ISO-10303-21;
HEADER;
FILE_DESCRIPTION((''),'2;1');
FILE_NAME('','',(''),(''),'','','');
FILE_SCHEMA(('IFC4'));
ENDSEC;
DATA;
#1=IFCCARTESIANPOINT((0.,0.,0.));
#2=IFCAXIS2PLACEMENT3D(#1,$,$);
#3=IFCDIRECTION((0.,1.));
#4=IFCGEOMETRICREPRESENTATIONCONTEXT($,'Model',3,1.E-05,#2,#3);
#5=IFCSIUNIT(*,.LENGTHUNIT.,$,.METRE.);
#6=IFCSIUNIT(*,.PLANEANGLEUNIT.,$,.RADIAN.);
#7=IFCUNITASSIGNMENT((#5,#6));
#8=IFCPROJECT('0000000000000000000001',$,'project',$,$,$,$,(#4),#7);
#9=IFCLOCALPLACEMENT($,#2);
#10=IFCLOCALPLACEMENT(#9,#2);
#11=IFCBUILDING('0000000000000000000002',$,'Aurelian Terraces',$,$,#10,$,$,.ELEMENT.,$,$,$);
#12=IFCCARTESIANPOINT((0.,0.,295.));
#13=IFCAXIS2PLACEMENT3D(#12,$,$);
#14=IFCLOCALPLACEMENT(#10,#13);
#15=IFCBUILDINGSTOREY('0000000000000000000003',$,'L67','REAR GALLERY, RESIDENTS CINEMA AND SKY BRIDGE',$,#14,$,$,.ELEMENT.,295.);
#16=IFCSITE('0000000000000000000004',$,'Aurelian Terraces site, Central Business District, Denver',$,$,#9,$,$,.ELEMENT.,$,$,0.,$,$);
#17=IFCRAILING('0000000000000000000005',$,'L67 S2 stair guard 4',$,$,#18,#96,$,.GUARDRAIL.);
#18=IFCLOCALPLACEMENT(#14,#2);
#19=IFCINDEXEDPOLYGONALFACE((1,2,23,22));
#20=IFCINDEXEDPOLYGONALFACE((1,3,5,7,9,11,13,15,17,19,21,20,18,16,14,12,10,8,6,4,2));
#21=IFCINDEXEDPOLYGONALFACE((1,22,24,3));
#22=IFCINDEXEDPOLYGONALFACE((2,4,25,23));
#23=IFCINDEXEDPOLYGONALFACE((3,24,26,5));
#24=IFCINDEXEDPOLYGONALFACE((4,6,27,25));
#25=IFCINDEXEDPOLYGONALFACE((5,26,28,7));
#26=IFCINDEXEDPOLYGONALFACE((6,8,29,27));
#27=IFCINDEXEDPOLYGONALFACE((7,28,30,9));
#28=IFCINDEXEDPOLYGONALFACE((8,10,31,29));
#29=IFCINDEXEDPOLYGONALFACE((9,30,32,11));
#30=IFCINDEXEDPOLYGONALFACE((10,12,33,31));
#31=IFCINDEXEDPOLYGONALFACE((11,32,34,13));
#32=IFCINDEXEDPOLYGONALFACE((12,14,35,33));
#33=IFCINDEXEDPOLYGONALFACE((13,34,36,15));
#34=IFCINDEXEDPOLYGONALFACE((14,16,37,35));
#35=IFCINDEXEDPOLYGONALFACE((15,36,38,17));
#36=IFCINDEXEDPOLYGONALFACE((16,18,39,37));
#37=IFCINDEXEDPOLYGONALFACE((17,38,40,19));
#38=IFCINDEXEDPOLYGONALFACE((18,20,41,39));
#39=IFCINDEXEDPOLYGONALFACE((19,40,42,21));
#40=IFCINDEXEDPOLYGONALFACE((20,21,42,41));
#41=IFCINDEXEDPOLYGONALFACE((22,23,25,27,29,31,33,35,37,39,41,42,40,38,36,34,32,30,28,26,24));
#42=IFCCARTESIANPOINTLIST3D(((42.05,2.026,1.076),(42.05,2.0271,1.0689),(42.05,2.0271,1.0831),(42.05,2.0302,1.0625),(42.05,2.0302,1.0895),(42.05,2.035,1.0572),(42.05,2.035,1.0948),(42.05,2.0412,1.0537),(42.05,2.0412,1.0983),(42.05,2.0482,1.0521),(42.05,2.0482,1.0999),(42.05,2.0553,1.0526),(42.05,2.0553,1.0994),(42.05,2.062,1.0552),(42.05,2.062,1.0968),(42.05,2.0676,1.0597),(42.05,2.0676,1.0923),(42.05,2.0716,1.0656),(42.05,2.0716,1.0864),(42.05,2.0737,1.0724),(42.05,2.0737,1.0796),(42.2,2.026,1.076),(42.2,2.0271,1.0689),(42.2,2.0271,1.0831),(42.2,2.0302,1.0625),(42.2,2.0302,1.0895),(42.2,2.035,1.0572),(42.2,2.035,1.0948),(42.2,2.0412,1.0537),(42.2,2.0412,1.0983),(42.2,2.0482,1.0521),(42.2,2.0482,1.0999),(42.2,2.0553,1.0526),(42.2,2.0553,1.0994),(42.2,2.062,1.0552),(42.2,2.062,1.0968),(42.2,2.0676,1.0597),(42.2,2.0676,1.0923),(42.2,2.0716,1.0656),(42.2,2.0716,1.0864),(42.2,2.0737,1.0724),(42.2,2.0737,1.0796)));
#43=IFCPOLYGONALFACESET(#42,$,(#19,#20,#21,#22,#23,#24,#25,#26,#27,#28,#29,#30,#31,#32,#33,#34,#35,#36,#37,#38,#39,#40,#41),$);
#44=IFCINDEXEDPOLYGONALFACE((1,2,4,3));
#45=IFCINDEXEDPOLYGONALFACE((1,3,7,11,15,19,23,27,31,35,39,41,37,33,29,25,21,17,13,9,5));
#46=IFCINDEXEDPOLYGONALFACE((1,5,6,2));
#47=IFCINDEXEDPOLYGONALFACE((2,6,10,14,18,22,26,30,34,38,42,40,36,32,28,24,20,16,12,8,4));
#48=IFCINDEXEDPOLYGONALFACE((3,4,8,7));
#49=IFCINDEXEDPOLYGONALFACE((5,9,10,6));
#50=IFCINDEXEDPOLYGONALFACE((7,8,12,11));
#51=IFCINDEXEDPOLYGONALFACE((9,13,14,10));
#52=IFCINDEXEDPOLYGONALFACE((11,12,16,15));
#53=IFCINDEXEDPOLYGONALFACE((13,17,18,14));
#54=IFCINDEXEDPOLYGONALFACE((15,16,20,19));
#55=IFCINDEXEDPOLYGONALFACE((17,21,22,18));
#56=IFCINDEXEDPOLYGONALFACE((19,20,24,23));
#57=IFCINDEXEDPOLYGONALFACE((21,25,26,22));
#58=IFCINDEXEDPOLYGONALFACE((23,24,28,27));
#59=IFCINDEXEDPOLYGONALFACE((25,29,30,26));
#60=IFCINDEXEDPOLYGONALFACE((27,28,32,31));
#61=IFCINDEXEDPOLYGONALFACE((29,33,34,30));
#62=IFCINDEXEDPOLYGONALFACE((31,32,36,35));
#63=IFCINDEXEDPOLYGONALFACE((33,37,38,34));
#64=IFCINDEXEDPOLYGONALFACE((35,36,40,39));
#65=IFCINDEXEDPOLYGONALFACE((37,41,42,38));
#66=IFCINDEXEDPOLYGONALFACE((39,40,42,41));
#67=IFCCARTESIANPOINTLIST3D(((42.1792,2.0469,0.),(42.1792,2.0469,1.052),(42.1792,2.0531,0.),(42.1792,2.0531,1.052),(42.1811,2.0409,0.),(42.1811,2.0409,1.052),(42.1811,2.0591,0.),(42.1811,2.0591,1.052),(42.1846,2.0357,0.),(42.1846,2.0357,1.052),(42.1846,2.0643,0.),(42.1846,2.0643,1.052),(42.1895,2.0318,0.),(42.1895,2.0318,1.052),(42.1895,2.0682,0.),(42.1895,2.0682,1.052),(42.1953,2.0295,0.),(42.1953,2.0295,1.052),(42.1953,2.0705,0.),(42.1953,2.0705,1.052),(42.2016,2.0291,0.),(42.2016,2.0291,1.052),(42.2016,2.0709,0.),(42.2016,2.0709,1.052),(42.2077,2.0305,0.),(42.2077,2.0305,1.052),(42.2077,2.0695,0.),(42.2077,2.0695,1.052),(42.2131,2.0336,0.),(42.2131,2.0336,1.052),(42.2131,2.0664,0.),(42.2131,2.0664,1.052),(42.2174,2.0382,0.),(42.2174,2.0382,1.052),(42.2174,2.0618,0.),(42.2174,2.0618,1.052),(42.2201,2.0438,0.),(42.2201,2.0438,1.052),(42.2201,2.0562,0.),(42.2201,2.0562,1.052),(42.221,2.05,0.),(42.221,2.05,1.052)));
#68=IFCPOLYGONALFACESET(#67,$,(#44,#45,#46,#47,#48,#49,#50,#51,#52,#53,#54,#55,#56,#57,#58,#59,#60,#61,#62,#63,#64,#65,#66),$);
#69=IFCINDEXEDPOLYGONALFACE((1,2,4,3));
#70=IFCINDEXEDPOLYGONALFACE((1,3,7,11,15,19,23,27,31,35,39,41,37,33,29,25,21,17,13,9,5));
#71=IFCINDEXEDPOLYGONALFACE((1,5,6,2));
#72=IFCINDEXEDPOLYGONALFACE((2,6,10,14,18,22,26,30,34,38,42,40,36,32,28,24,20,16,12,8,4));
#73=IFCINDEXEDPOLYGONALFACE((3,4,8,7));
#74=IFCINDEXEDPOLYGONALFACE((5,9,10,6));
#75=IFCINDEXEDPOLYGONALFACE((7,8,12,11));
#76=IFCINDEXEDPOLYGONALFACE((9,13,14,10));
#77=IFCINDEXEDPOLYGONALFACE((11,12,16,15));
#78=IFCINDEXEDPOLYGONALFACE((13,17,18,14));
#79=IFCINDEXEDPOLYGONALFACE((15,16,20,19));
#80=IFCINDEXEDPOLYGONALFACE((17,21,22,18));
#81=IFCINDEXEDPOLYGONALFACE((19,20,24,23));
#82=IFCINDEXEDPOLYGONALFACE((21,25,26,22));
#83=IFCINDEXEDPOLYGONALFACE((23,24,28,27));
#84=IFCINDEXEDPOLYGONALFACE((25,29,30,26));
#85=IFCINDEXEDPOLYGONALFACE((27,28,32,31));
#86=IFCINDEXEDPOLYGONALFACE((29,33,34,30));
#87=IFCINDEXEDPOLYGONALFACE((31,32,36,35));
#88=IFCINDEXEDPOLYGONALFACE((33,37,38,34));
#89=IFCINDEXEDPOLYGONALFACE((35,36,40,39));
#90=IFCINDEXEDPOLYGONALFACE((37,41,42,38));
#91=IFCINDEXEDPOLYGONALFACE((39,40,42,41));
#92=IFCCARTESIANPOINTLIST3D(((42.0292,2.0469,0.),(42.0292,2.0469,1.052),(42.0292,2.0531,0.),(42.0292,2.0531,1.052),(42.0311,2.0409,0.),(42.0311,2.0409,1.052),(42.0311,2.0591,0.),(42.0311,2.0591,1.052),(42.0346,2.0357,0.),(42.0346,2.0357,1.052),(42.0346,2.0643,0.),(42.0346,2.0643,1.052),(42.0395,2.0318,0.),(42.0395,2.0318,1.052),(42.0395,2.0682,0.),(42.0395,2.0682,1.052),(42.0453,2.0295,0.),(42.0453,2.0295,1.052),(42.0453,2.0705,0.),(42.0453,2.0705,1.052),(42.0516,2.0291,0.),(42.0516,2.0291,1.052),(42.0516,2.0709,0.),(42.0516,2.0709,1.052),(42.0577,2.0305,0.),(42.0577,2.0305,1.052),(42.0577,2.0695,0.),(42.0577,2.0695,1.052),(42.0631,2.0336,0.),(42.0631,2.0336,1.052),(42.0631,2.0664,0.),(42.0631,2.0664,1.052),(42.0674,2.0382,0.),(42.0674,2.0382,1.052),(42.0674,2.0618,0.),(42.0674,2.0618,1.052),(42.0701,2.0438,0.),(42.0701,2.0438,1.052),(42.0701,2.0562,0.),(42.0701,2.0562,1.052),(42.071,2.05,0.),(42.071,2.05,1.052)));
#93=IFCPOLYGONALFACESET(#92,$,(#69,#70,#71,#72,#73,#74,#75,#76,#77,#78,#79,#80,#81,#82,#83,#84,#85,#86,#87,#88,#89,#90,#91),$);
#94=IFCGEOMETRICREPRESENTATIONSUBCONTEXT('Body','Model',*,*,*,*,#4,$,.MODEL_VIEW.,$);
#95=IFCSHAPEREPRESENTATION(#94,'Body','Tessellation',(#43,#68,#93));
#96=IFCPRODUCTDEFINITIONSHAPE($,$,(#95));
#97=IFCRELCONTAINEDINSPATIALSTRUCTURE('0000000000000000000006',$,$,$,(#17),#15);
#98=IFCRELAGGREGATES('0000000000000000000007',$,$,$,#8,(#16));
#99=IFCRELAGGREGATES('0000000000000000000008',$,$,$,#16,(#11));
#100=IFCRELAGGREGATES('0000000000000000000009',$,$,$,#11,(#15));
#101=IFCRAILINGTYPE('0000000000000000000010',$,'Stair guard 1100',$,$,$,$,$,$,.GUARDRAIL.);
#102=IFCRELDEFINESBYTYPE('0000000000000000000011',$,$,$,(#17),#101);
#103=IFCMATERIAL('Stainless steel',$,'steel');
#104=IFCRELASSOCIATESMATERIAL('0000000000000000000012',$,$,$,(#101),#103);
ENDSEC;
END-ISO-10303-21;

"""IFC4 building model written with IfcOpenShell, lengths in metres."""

from ifc_helpers import new_model, si_unit, direction, frame, origin, origin_2d, place, context, subcontext, project, spatial, circle, extrude, source, transform, mapped, material, type_object, element, save


model = new_model("IFC4")

# Units and contexts
model_context = context("Model", 3, precision=1e-05, world=origin(), true_north=direction((0.0, 1.0)))
body_context = subcontext(model_context, "Body", "Model", "MODEL_VIEW")
ifc_project = project(units=[si_unit("LENGTHUNIT", "METRE"), si_unit("PLANEANGLEUNIT", "RADIAN")], contexts=[model_context])

# Site, building, storey
site_placement = place(None, origin())
site = spatial("IfcSite", under=ifc_project, at=site_placement, Name="Aurelian Terraces site, Central Business District, Denver", CompositionType="ELEMENT", RefElevation=0.0)
building_placement = place(site_placement, origin())
building = spatial("IfcBuilding", under=site, at=building_placement, Name="Aurelian Terraces", CompositionType="ELEMENT")
storey_placement = place(building_placement, frame((0.0, 0.0, 295.0)))
storey = spatial("IfcBuildingStorey", under=building, at=storey_placement, Name="L67", Description="REAR GALLERY, RESIDENTS CINEMA AND SKY BRIDGE", CompositionType="ELEMENT", Elevation=295.0)

# Railing
ifc_material_1 = material(Name="Stainless steel", Category="steel")
railing_type_1 = type_object("IfcRailingType", Name="Stair guard 1100", PredefinedType="GUARDRAIL", material=ifc_material_1)
shared_shape_1 = source(origin(), body_context, "Body", "SweptSolid", [
    extrude(circle(Radius=0.024, at=origin_2d()), frame((0.0, 0.0, 1.076), z_axis=(-1.0, 0.0, 0.0), x_axis=(0.0, -1.0, 0.0)), (0.0, 0.0, 1.0), 0.15),
    extrude(circle(Radius=0.021, at=origin_2d()), origin(), (0.0, 0.0, 1.0), 1.052),
    extrude(circle(Radius=0.021, at=origin_2d()), frame((-0.15, 0.0, 0.0)), (0.0, 0.0, 1.0), 1.052),
])
for number, where, name in (
    (1, (42.2, 2.05, 0.0), "L67 S2 stair guard 4"),
):
    element("IfcRailing", number, at=place(storey_placement, frame(where)), inside=storey, type_object=railing_type_1, Name=name, PredefinedType="GUARDRAIL", context=body_context, shape_type="MappedRepresentation", body=[
        mapped(shared_shape_1, transform((0.0, 0.0, 0.0), scale=1.0)),
    ])

save(model, "model.ifc")
